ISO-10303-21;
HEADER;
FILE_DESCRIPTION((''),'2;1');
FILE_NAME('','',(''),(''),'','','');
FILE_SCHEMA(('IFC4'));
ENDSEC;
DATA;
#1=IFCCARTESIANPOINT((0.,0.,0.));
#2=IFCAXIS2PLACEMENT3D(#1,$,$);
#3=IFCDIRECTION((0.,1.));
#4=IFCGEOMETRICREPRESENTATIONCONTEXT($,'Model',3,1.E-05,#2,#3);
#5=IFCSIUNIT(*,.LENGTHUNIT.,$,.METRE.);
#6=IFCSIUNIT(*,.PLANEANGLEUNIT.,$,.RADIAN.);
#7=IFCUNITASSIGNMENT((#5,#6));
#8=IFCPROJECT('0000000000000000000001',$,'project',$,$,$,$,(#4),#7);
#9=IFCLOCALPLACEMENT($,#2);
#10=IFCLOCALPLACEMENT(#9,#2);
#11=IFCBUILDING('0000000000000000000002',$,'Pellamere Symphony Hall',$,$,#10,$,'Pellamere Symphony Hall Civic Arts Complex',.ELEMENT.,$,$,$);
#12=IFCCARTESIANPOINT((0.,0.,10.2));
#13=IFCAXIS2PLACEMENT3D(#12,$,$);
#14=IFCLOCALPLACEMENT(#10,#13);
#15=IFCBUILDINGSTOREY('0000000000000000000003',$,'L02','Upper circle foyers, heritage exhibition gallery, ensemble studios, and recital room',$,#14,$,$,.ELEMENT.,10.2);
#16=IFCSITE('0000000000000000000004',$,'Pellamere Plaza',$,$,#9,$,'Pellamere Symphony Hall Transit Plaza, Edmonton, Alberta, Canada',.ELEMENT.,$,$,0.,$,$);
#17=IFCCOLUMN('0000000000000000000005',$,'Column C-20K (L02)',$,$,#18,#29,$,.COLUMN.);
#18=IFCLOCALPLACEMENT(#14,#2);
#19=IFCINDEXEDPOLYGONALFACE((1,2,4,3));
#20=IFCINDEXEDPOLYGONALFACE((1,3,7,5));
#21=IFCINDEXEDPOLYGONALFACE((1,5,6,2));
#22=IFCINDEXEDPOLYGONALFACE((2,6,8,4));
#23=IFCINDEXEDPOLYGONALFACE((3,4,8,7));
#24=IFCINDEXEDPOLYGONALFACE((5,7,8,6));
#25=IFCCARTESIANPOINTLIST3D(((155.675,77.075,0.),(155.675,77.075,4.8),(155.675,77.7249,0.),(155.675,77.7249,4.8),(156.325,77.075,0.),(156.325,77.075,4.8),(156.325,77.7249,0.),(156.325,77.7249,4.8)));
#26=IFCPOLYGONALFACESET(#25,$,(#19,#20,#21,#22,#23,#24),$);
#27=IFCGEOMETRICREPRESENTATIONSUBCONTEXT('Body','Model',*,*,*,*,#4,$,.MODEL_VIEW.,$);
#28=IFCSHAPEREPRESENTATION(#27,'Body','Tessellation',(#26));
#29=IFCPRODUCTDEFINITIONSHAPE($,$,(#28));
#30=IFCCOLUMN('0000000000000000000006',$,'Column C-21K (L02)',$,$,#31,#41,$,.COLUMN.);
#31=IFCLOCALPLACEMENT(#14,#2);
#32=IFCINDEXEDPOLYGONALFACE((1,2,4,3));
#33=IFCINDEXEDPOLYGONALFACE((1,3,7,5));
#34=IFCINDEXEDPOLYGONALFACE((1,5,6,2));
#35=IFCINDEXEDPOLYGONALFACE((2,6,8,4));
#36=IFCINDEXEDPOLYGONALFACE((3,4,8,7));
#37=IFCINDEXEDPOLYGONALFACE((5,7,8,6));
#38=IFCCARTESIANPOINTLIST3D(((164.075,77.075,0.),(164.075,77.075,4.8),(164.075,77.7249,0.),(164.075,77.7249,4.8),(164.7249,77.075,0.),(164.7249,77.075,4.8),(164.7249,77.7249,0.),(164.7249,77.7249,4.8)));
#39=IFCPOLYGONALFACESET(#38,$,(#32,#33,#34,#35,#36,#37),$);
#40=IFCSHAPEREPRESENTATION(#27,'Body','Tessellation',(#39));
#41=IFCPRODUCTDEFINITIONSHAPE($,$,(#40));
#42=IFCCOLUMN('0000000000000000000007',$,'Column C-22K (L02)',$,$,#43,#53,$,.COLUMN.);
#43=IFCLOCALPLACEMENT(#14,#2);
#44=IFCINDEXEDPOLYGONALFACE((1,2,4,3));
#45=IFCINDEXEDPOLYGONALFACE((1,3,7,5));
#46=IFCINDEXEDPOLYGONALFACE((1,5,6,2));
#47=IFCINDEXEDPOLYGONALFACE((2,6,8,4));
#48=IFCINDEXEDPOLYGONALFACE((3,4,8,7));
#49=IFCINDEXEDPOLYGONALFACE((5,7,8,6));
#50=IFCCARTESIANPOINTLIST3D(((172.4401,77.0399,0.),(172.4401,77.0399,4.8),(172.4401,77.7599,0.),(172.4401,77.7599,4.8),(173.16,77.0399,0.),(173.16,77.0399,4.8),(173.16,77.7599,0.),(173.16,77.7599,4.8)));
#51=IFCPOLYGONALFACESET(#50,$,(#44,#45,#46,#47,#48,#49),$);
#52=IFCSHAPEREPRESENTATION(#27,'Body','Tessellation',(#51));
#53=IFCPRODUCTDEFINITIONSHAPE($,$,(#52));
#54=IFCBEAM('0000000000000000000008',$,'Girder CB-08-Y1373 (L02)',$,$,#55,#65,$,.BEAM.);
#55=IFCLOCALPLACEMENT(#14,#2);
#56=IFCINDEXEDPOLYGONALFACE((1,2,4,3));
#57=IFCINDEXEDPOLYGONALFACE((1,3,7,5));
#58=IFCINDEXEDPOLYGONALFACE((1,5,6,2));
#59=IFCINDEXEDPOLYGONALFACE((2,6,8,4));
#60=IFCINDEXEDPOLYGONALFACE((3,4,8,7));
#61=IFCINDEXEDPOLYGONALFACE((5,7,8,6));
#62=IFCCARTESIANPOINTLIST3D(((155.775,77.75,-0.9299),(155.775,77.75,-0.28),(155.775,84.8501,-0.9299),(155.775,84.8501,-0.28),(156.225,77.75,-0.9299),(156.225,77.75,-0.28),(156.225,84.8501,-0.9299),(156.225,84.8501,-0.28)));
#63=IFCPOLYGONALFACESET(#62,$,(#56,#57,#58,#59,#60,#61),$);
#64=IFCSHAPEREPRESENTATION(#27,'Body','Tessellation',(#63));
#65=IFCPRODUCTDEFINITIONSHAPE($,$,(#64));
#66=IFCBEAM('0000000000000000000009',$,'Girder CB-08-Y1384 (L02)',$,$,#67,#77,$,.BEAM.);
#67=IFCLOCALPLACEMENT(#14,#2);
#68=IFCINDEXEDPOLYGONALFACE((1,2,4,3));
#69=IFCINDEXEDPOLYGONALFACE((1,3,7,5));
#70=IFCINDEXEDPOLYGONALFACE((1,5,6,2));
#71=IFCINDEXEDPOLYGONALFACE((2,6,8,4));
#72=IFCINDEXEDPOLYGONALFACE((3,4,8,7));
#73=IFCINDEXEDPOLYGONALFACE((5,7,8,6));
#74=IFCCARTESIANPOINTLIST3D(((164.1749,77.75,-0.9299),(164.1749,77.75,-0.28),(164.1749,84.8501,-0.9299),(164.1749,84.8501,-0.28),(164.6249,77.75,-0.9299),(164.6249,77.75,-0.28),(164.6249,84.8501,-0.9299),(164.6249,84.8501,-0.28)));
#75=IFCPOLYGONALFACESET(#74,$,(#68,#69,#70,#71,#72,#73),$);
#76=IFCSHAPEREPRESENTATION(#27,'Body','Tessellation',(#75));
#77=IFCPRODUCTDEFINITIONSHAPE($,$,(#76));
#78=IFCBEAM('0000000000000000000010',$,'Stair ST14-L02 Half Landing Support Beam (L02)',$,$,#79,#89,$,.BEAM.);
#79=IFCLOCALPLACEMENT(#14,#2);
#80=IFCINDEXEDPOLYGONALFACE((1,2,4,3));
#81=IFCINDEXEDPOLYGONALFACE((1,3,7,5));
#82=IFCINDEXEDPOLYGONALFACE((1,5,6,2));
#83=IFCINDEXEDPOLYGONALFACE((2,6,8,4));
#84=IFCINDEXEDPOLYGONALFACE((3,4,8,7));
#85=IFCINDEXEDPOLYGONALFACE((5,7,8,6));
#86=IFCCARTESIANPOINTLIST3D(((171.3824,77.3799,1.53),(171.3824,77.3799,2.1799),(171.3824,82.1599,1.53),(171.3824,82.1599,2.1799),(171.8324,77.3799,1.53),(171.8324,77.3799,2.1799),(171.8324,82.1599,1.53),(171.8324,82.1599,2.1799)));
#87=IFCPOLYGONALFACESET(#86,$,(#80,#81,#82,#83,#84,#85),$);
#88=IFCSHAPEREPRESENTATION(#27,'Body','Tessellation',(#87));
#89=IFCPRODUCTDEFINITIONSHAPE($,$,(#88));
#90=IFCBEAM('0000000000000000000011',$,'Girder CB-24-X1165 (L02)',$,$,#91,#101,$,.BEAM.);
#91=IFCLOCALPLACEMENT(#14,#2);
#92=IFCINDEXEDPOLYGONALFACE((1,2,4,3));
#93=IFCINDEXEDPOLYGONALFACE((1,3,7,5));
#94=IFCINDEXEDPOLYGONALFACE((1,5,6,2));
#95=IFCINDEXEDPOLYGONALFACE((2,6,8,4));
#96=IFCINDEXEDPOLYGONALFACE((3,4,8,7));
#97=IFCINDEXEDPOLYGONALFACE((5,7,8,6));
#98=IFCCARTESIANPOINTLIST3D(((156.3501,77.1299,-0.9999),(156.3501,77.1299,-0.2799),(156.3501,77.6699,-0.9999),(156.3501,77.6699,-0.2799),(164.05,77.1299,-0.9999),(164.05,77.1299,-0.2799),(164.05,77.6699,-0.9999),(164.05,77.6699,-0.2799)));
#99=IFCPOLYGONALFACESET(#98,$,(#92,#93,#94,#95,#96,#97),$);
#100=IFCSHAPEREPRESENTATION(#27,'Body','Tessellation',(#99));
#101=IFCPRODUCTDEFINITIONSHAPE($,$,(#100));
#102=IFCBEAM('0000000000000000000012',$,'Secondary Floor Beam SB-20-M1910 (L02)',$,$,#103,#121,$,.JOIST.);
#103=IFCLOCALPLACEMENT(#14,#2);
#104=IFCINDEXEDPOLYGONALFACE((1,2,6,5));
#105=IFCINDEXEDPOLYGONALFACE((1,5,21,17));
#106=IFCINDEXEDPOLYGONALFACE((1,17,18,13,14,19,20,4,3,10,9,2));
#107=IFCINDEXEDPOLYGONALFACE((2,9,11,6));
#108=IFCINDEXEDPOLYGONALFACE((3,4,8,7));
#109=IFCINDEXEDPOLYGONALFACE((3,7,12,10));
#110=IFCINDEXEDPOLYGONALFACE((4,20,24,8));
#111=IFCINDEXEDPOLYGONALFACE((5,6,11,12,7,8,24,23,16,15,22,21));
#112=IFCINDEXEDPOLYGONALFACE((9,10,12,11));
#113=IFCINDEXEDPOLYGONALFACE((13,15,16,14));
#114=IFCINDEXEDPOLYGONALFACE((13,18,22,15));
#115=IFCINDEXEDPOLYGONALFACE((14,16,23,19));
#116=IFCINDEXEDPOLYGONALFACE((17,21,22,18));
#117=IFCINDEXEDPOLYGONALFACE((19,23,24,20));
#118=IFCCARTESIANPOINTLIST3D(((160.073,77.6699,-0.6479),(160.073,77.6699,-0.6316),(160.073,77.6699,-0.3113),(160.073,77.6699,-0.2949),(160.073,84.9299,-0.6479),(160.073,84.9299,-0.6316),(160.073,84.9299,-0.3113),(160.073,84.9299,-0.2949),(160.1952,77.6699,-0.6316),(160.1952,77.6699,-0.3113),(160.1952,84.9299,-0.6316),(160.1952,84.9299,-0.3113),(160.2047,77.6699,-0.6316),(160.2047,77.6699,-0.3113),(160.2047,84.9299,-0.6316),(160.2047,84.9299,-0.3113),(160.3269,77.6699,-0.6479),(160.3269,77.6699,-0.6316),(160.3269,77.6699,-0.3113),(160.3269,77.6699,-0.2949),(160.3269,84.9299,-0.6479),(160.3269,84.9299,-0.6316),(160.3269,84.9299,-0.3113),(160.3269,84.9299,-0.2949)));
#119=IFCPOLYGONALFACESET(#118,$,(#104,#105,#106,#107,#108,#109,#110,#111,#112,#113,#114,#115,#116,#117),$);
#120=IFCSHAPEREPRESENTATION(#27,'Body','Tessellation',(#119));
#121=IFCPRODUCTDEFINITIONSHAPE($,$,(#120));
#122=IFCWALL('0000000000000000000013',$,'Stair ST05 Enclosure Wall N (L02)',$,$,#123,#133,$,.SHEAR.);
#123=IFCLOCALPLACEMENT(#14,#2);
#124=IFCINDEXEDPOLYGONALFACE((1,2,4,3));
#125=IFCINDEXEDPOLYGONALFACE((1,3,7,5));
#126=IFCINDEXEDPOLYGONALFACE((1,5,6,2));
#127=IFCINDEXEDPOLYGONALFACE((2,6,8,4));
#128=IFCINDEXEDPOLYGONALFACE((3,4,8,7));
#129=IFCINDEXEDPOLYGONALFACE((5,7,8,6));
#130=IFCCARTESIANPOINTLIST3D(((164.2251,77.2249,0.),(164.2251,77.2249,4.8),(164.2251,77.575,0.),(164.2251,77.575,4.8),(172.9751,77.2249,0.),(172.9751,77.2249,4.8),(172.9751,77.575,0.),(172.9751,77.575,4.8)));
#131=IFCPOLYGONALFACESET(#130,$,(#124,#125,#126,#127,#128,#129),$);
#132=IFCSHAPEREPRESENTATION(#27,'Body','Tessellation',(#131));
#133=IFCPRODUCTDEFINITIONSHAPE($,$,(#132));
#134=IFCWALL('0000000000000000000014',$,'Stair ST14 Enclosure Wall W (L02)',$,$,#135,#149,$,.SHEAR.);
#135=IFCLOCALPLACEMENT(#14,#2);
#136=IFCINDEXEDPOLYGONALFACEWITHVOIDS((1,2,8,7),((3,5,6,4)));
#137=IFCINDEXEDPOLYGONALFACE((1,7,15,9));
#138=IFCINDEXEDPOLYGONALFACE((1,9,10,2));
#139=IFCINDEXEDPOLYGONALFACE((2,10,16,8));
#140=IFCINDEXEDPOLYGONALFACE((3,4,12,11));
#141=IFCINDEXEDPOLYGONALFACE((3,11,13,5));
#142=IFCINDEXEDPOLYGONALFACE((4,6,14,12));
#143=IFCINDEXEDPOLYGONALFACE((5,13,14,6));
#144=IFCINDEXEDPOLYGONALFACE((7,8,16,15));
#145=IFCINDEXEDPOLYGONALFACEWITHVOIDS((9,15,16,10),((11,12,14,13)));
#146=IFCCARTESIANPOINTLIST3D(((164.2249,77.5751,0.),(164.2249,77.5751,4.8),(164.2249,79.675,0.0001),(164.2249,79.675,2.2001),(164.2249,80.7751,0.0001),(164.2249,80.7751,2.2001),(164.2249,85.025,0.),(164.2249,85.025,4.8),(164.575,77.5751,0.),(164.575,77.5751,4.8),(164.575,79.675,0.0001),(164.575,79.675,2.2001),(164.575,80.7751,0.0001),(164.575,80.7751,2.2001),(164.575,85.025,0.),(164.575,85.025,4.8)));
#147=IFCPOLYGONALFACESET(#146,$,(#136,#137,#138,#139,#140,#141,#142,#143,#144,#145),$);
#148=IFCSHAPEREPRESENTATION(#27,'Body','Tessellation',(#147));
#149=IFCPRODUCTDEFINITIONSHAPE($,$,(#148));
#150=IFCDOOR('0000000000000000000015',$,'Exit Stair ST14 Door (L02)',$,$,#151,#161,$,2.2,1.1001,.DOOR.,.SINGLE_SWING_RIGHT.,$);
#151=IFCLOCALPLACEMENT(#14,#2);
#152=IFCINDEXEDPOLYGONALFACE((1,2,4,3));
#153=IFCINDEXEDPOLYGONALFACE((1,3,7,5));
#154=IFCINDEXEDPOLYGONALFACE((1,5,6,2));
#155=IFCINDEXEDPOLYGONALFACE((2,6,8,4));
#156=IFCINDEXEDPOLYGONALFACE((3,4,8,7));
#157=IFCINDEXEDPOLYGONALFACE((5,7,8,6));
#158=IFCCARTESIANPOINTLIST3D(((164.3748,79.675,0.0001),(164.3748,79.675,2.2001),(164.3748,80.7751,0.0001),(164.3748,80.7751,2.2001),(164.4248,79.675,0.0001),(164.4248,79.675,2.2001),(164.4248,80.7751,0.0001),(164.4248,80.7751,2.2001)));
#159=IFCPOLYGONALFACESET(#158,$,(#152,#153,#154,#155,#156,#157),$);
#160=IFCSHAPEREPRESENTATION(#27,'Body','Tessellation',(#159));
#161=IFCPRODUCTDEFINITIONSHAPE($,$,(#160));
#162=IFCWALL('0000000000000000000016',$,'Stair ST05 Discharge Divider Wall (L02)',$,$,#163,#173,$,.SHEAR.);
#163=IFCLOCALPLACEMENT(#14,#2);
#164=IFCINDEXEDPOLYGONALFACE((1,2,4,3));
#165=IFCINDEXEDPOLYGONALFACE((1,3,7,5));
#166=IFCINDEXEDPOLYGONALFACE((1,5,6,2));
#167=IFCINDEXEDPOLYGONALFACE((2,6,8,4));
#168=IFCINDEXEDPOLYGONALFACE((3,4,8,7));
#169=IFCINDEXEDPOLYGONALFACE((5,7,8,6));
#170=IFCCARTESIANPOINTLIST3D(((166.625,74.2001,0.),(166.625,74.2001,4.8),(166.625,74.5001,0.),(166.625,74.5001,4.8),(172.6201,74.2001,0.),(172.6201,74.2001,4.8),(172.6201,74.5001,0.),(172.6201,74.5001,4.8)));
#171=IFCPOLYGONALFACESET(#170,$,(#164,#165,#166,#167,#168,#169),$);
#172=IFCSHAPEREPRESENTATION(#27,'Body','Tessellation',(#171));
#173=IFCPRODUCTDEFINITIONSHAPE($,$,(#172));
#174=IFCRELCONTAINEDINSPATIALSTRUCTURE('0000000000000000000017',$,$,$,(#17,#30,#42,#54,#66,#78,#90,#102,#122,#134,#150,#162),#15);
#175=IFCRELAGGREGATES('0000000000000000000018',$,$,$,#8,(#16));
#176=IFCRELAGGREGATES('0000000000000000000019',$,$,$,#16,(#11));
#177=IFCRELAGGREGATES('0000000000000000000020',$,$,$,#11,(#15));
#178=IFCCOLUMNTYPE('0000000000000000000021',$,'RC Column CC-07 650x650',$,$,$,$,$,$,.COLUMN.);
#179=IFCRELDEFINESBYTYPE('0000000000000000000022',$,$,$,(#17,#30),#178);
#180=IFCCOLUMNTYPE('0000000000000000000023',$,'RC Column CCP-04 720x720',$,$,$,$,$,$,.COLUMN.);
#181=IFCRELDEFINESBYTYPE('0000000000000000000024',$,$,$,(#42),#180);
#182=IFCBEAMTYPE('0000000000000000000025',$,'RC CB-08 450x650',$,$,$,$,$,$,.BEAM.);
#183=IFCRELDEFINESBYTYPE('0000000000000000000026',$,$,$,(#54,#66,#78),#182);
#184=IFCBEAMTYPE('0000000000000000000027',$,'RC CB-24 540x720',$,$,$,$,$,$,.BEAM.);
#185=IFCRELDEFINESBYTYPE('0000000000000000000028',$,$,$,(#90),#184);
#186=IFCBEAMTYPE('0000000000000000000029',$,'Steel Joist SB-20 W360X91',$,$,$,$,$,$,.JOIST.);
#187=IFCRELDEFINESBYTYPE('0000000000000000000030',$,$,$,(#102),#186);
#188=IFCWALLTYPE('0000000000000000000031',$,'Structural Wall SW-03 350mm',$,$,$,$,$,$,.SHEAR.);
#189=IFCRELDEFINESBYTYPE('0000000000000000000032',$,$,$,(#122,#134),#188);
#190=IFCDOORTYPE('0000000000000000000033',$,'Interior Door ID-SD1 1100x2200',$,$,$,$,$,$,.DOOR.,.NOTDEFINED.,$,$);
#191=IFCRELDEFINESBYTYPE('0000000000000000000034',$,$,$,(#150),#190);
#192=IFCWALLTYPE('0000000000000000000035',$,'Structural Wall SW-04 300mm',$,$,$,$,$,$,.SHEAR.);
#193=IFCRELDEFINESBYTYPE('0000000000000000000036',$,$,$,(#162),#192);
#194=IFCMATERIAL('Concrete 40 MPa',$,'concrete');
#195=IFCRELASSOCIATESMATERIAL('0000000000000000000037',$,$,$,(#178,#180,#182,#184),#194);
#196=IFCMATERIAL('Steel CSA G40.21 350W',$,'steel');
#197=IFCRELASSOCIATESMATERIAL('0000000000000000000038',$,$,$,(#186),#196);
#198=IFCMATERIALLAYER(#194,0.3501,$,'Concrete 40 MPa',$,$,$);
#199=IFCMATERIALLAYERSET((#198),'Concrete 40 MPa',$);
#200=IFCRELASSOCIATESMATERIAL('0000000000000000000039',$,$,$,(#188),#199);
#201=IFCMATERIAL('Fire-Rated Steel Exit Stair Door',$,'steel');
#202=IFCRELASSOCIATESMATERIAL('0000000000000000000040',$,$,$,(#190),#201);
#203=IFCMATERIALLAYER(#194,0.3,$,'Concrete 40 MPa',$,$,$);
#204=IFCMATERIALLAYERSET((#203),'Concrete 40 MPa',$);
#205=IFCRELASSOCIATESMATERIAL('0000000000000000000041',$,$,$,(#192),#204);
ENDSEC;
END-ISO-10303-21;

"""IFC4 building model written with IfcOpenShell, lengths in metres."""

from ifc_helpers import new_model, si_unit, direction, frame, frame_2d, origin, origin_2d, place, context, subcontext, project, spatial, rectangle, i_section, extrude, material, layer, layer_set, material_profile, profile_set, type_object, element, fill, save


model = new_model("IFC4")

# Units and contexts
model_context = context("Model", 3, precision=1e-05, world=origin(), true_north=direction((0.0, 1.0)))
body_context = subcontext(model_context, "Body", "Model", "MODEL_VIEW")
ifc_project = project(units=[si_unit("LENGTHUNIT", "METRE"), si_unit("PLANEANGLEUNIT", "RADIAN")], contexts=[model_context])

# Site, building, storey
site_placement = place(None, origin())
site = spatial("IfcSite", under=ifc_project, at=site_placement, Name="Pellamere Plaza", LongName="Pellamere Symphony Hall Transit Plaza, Edmonton, Alberta, Canada", CompositionType="ELEMENT", RefElevation=0.0)
building_placement = place(site_placement, origin())
building = spatial("IfcBuilding", under=site, at=building_placement, Name="Pellamere Symphony Hall", LongName="Pellamere Symphony Hall Civic Arts Complex", CompositionType="ELEMENT")
storey_placement = place(building_placement, frame((0.0, 0.0, 10.2)))
storey = spatial("IfcBuildingStorey", under=building, at=storey_placement, Name="L02", Description="Upper circle foyers, heritage exhibition gallery, ensemble studios, and recital room", CompositionType="ELEMENT", Elevation=10.2)

# Columns
ifc_material_1 = material(Name="Concrete 40 MPa", Category="concrete")
ifc_material_profile_1 = material_profile(ifc_material_1, rectangle(XDim=0.6499, YDim=0.6499, at=origin_2d()), Name="RC 650x650")
ifc_profile_set_1 = profile_set([ifc_material_profile_1], Name="Concrete 40 MPa")
column_type_1 = type_object("IfcColumnType", Name="RC Column CC-07 650x650", PredefinedType="COLUMN", material=ifc_profile_set_1)
for number, where, z_axis, x_axis, name in (
    (1, (156.0, 77.3999, 0.0), (0.0, 0.0, 1.0), (1.0, 0.0, 0.0), "Column C-20K (L02)"),
    (2, (164.3999, 77.3999, 0.0), (0.0, 0.0, 1.0), (1.0, 0.0, 0.0), "Column C-21K (L02)"),
):
    element("IfcColumn", number, at=place(storey_placement, frame(where, z_axis=z_axis, x_axis=x_axis)), inside=storey, type_object=column_type_1, Name=name, PredefinedType="COLUMN", context=body_context, shape_type="SweptSolid", body=[
        extrude(rectangle(XDim=0.6499, YDim=0.6499, at=origin_2d()), origin(), (0.0, 0.0, 1.0), 4.8),
    ])
ifc_material_profile_2 = material_profile(ifc_material_1, rectangle(XDim=0.72, YDim=0.72, at=origin_2d()), Name="RC 720x720")
ifc_profile_set_2 = profile_set([ifc_material_profile_2], Name="Concrete 40 MPa")
column_type_2 = type_object("IfcColumnType", Name="RC Column CCP-04 720x720", PredefinedType="COLUMN", material=ifc_profile_set_2)
column_placement = place(storey_placement, frame((172.8, 77.3999, 0.0), z_axis=(0.0, 0.0, 1.0), x_axis=(1.0, 0.0, 0.0)))
element("IfcColumn", 3, at=column_placement, inside=storey, type_object=column_type_2, Name="Column C-22K (L02)", PredefinedType="COLUMN", context=body_context, shape_type="SweptSolid", body=[
    extrude(rectangle(XDim=0.72, YDim=0.72, at=origin_2d()), origin(), (0.0, 0.0, 1.0), 4.8),
])

# Beams
ifc_material_profile_3 = material_profile(ifc_material_1, rectangle(XDim=0.45, YDim=0.6499, at=origin_2d()), Name="RC 450x650")
ifc_profile_set_3 = profile_set([ifc_material_profile_3], Name="Concrete 40 MPa")
beam_type_1 = type_object("IfcBeamType", Name="RC CB-08 450x650", PredefinedType="BEAM", material=ifc_profile_set_3)
for number, where, z_axis, x_axis, name in (
    (4, (156.0, 77.75, -0.605), (0.0, 1.0, 0.0), (-1.0, 0.0, 0.0), "Girder CB-08-Y1373 (L02)"),
    (5, (164.3999, 77.75, -0.605), (0.0, 1.0, 0.0), (-1.0, 0.0, 0.0), "Girder CB-08-Y1384 (L02)"),
):
    element("IfcBeam", number, at=place(storey_placement, frame(where, z_axis=z_axis, x_axis=x_axis)), inside=storey, type_object=beam_type_1, Name=name, PredefinedType="BEAM", context=body_context, shape_type="SweptSolid", body=[
        extrude(rectangle(XDim=0.45, YDim=0.6499, at=origin_2d()), origin(), (0.0, 0.0, 1.0), 7.1001),
    ])
beam_1_placement = place(storey_placement, frame((171.6074, 77.3799, 1.855), z_axis=(0.0, 1.0, 0.0), x_axis=(-1.0, 0.0, 0.0)))
element("IfcBeam", 6, at=beam_1_placement, inside=storey, type_object=beam_type_1, Name="Stair ST14-L02 Half Landing Support Beam (L02)", PredefinedType="BEAM", context=body_context, shape_type="SweptSolid", body=[
    extrude(rectangle(XDim=0.45, YDim=0.6499, at=origin_2d()), origin(), (0.0, 0.0, 1.0), 4.78),
])
ifc_material_profile_4 = material_profile(ifc_material_1, rectangle(XDim=0.54, YDim=0.72, at=origin_2d()), Name="RC 540x720")
ifc_profile_set_4 = profile_set([ifc_material_profile_4], Name="Concrete 40 MPa")
beam_type_2 = type_object("IfcBeamType", Name="RC CB-24 540x720", PredefinedType="BEAM", material=ifc_profile_set_4)
beam_2_placement = place(storey_placement, frame((156.3501, 77.3999, -0.6399), z_axis=(1.0, 0.0, 0.0), x_axis=(0.0, 1.0, 0.0)))
element("IfcBeam", 7, at=beam_2_placement, inside=storey, type_object=beam_type_2, Name="Girder CB-24-X1165 (L02)", PredefinedType="BEAM", context=body_context, shape_type="SweptSolid", body=[
    extrude(rectangle(XDim=0.54, YDim=0.72, at=origin_2d()), origin(), (0.0, 0.0, 1.0), 7.7),
])
ifc_material_2 = material(Name="Steel CSA G40.21 350W", Category="steel")
ifc_material_profile_5 = material_profile(ifc_material_2, i_section(OverallWidth=0.2539, OverallDepth=0.353, WebThickness=0.0095, FlangeThickness=0.0164, at=origin_2d()), Name="W360X91")
ifc_profile_set_5 = profile_set([ifc_material_profile_5], Name="Steel CSA G40.21 350W")
beam_type_3 = type_object("IfcBeamType", Name="Steel Joist SB-20 W360X91", PredefinedType="JOIST", material=ifc_profile_set_5)
beam_3_placement = place(storey_placement, frame((160.2, 77.6699, -0.4714), z_axis=(0.0, 1.0, 0.0), x_axis=(-1.0, 0.0, 0.0)))
element("IfcBeam", 8, at=beam_3_placement, inside=storey, type_object=beam_type_3, Name="Secondary Floor Beam SB-20-M1910 (L02)", PredefinedType="JOIST", context=body_context, shape_type="SweptSolid", body=[
    extrude(i_section(OverallWidth=0.2539, OverallDepth=0.353, WebThickness=0.0095, FlangeThickness=0.0164, at=origin_2d()), origin(), (0.0, 0.0, 1.0), 7.26),
])

# Wall
ifc_layer_1 = layer(ifc_material_1, 0.3501, Name="Concrete 40 MPa")
ifc_layer_set_1 = layer_set([ifc_layer_1], Name="Concrete 40 MPa")
wall_type_1 = type_object("IfcWallType", Name="Structural Wall SW-03 350mm", PredefinedType="SHEAR", material=ifc_layer_set_1)
wall_1_placement = place(storey_placement, frame((164.2251, 77.3999, 0.0), z_axis=(0.0, 0.0, 1.0), x_axis=(1.0, 0.0, 0.0)))
element("IfcWall", 9, at=wall_1_placement, inside=storey, type_object=wall_type_1, Name="Stair ST05 Enclosure Wall N (L02)", PredefinedType="SHEAR", context=body_context, shape_type="SweptSolid", body=[
    extrude(rectangle(XDim=8.75, YDim=0.3501, at=frame_2d((4.375, 0.0))), origin(), (0.0, 0.0, 1.0), 4.8),
])

# Wall, opening, door
wall_2_placement = place(storey_placement, frame((164.3999, 77.575, 0.0), z_axis=(0.0, 0.0, 1.0), x_axis=(0.0, 1.0, 0.0)))
wall_2 = element("IfcWall", 10, at=wall_2_placement, inside=storey, type_object=wall_type_1, Name="Stair ST14 Enclosure Wall W (L02)", PredefinedType="SHEAR", context=body_context, shape_type="SweptSolid", body=[
    extrude(rectangle(XDim=7.45, YDim=0.3501, at=frame_2d((3.7251, 0.0))), origin(), (0.0, 0.0, 1.0), 4.8),
])
opening_placement = place(wall_2_placement, frame((2.1001, 0.0, 0.0)))
opening = element("IfcOpeningElement", 11, at=opening_placement, cuts=wall_2, PredefinedType="OPENING", context=body_context, shape_type="SweptSolid", body=[
    extrude(rectangle(XDim=1.1001, YDim=2.2, at=frame_2d((0.55, 1.1001))), frame((0.0, 0.1851, 0.0), z_axis=(0.0, -1.0, 0.0), x_axis=(1.0, 0.0, 0.0)), (0.0, 0.0, 1.0), 0.3701),
])
ifc_material_3 = material(Name="Fire-Rated Steel Exit Stair Door", Category="steel")
door_type = type_object("IfcDoorType", Name="Interior Door ID-SD1 1100x2200", OperationType="NOTDEFINED", PredefinedType="DOOR", material=ifc_material_3)
door_placement = place(opening_placement, frame((1.1001, 0.0, 0.0), z_axis=(0.0, 0.0, 1.0), x_axis=(-1.0, 0.0, 0.0)))
door = element("IfcDoor", 12, at=door_placement, inside=storey, type_object=door_type, Name="Exit Stair ST14 Door (L02)", OperationType="SINGLE_SWING_RIGHT", OverallHeight=2.2, OverallWidth=1.1001, PredefinedType="DOOR", context=body_context, shape_type="SweptSolid", body=[
    extrude(rectangle(XDim=1.1001, YDim=2.2, at=frame_2d((0.55, 1.1001))), frame((0.0, 0.0249, 0.0), z_axis=(0.0, -1.0, 0.0), x_axis=(1.0, 0.0, 0.0)), (0.0, 0.0, 1.0), 0.05),
])
fill(opening, door)

# Wall
ifc_layer_2 = layer(ifc_material_1, 0.3, Name="Concrete 40 MPa")
ifc_layer_set_2 = layer_set([ifc_layer_2], Name="Concrete 40 MPa")
wall_type_2 = type_object("IfcWallType", Name="Structural Wall SW-04 300mm", PredefinedType="SHEAR", material=ifc_layer_set_2)
wall_3_placement = place(storey_placement, frame((166.625, 74.3501, 0.0), z_axis=(0.0, 0.0, 1.0), x_axis=(1.0, 0.0, 0.0)))
element("IfcWall", 13, at=wall_3_placement, inside=storey, type_object=wall_type_2, Name="Stair ST05 Discharge Divider Wall (L02)", PredefinedType="SHEAR", context=body_context, shape_type="SweptSolid", body=[
    extrude(rectangle(XDim=5.9951, YDim=0.3, at=frame_2d((2.9976, 0.0))), origin(), (0.0, 0.0, 1.0), 4.8),
])

save(model, "model.ifc")
